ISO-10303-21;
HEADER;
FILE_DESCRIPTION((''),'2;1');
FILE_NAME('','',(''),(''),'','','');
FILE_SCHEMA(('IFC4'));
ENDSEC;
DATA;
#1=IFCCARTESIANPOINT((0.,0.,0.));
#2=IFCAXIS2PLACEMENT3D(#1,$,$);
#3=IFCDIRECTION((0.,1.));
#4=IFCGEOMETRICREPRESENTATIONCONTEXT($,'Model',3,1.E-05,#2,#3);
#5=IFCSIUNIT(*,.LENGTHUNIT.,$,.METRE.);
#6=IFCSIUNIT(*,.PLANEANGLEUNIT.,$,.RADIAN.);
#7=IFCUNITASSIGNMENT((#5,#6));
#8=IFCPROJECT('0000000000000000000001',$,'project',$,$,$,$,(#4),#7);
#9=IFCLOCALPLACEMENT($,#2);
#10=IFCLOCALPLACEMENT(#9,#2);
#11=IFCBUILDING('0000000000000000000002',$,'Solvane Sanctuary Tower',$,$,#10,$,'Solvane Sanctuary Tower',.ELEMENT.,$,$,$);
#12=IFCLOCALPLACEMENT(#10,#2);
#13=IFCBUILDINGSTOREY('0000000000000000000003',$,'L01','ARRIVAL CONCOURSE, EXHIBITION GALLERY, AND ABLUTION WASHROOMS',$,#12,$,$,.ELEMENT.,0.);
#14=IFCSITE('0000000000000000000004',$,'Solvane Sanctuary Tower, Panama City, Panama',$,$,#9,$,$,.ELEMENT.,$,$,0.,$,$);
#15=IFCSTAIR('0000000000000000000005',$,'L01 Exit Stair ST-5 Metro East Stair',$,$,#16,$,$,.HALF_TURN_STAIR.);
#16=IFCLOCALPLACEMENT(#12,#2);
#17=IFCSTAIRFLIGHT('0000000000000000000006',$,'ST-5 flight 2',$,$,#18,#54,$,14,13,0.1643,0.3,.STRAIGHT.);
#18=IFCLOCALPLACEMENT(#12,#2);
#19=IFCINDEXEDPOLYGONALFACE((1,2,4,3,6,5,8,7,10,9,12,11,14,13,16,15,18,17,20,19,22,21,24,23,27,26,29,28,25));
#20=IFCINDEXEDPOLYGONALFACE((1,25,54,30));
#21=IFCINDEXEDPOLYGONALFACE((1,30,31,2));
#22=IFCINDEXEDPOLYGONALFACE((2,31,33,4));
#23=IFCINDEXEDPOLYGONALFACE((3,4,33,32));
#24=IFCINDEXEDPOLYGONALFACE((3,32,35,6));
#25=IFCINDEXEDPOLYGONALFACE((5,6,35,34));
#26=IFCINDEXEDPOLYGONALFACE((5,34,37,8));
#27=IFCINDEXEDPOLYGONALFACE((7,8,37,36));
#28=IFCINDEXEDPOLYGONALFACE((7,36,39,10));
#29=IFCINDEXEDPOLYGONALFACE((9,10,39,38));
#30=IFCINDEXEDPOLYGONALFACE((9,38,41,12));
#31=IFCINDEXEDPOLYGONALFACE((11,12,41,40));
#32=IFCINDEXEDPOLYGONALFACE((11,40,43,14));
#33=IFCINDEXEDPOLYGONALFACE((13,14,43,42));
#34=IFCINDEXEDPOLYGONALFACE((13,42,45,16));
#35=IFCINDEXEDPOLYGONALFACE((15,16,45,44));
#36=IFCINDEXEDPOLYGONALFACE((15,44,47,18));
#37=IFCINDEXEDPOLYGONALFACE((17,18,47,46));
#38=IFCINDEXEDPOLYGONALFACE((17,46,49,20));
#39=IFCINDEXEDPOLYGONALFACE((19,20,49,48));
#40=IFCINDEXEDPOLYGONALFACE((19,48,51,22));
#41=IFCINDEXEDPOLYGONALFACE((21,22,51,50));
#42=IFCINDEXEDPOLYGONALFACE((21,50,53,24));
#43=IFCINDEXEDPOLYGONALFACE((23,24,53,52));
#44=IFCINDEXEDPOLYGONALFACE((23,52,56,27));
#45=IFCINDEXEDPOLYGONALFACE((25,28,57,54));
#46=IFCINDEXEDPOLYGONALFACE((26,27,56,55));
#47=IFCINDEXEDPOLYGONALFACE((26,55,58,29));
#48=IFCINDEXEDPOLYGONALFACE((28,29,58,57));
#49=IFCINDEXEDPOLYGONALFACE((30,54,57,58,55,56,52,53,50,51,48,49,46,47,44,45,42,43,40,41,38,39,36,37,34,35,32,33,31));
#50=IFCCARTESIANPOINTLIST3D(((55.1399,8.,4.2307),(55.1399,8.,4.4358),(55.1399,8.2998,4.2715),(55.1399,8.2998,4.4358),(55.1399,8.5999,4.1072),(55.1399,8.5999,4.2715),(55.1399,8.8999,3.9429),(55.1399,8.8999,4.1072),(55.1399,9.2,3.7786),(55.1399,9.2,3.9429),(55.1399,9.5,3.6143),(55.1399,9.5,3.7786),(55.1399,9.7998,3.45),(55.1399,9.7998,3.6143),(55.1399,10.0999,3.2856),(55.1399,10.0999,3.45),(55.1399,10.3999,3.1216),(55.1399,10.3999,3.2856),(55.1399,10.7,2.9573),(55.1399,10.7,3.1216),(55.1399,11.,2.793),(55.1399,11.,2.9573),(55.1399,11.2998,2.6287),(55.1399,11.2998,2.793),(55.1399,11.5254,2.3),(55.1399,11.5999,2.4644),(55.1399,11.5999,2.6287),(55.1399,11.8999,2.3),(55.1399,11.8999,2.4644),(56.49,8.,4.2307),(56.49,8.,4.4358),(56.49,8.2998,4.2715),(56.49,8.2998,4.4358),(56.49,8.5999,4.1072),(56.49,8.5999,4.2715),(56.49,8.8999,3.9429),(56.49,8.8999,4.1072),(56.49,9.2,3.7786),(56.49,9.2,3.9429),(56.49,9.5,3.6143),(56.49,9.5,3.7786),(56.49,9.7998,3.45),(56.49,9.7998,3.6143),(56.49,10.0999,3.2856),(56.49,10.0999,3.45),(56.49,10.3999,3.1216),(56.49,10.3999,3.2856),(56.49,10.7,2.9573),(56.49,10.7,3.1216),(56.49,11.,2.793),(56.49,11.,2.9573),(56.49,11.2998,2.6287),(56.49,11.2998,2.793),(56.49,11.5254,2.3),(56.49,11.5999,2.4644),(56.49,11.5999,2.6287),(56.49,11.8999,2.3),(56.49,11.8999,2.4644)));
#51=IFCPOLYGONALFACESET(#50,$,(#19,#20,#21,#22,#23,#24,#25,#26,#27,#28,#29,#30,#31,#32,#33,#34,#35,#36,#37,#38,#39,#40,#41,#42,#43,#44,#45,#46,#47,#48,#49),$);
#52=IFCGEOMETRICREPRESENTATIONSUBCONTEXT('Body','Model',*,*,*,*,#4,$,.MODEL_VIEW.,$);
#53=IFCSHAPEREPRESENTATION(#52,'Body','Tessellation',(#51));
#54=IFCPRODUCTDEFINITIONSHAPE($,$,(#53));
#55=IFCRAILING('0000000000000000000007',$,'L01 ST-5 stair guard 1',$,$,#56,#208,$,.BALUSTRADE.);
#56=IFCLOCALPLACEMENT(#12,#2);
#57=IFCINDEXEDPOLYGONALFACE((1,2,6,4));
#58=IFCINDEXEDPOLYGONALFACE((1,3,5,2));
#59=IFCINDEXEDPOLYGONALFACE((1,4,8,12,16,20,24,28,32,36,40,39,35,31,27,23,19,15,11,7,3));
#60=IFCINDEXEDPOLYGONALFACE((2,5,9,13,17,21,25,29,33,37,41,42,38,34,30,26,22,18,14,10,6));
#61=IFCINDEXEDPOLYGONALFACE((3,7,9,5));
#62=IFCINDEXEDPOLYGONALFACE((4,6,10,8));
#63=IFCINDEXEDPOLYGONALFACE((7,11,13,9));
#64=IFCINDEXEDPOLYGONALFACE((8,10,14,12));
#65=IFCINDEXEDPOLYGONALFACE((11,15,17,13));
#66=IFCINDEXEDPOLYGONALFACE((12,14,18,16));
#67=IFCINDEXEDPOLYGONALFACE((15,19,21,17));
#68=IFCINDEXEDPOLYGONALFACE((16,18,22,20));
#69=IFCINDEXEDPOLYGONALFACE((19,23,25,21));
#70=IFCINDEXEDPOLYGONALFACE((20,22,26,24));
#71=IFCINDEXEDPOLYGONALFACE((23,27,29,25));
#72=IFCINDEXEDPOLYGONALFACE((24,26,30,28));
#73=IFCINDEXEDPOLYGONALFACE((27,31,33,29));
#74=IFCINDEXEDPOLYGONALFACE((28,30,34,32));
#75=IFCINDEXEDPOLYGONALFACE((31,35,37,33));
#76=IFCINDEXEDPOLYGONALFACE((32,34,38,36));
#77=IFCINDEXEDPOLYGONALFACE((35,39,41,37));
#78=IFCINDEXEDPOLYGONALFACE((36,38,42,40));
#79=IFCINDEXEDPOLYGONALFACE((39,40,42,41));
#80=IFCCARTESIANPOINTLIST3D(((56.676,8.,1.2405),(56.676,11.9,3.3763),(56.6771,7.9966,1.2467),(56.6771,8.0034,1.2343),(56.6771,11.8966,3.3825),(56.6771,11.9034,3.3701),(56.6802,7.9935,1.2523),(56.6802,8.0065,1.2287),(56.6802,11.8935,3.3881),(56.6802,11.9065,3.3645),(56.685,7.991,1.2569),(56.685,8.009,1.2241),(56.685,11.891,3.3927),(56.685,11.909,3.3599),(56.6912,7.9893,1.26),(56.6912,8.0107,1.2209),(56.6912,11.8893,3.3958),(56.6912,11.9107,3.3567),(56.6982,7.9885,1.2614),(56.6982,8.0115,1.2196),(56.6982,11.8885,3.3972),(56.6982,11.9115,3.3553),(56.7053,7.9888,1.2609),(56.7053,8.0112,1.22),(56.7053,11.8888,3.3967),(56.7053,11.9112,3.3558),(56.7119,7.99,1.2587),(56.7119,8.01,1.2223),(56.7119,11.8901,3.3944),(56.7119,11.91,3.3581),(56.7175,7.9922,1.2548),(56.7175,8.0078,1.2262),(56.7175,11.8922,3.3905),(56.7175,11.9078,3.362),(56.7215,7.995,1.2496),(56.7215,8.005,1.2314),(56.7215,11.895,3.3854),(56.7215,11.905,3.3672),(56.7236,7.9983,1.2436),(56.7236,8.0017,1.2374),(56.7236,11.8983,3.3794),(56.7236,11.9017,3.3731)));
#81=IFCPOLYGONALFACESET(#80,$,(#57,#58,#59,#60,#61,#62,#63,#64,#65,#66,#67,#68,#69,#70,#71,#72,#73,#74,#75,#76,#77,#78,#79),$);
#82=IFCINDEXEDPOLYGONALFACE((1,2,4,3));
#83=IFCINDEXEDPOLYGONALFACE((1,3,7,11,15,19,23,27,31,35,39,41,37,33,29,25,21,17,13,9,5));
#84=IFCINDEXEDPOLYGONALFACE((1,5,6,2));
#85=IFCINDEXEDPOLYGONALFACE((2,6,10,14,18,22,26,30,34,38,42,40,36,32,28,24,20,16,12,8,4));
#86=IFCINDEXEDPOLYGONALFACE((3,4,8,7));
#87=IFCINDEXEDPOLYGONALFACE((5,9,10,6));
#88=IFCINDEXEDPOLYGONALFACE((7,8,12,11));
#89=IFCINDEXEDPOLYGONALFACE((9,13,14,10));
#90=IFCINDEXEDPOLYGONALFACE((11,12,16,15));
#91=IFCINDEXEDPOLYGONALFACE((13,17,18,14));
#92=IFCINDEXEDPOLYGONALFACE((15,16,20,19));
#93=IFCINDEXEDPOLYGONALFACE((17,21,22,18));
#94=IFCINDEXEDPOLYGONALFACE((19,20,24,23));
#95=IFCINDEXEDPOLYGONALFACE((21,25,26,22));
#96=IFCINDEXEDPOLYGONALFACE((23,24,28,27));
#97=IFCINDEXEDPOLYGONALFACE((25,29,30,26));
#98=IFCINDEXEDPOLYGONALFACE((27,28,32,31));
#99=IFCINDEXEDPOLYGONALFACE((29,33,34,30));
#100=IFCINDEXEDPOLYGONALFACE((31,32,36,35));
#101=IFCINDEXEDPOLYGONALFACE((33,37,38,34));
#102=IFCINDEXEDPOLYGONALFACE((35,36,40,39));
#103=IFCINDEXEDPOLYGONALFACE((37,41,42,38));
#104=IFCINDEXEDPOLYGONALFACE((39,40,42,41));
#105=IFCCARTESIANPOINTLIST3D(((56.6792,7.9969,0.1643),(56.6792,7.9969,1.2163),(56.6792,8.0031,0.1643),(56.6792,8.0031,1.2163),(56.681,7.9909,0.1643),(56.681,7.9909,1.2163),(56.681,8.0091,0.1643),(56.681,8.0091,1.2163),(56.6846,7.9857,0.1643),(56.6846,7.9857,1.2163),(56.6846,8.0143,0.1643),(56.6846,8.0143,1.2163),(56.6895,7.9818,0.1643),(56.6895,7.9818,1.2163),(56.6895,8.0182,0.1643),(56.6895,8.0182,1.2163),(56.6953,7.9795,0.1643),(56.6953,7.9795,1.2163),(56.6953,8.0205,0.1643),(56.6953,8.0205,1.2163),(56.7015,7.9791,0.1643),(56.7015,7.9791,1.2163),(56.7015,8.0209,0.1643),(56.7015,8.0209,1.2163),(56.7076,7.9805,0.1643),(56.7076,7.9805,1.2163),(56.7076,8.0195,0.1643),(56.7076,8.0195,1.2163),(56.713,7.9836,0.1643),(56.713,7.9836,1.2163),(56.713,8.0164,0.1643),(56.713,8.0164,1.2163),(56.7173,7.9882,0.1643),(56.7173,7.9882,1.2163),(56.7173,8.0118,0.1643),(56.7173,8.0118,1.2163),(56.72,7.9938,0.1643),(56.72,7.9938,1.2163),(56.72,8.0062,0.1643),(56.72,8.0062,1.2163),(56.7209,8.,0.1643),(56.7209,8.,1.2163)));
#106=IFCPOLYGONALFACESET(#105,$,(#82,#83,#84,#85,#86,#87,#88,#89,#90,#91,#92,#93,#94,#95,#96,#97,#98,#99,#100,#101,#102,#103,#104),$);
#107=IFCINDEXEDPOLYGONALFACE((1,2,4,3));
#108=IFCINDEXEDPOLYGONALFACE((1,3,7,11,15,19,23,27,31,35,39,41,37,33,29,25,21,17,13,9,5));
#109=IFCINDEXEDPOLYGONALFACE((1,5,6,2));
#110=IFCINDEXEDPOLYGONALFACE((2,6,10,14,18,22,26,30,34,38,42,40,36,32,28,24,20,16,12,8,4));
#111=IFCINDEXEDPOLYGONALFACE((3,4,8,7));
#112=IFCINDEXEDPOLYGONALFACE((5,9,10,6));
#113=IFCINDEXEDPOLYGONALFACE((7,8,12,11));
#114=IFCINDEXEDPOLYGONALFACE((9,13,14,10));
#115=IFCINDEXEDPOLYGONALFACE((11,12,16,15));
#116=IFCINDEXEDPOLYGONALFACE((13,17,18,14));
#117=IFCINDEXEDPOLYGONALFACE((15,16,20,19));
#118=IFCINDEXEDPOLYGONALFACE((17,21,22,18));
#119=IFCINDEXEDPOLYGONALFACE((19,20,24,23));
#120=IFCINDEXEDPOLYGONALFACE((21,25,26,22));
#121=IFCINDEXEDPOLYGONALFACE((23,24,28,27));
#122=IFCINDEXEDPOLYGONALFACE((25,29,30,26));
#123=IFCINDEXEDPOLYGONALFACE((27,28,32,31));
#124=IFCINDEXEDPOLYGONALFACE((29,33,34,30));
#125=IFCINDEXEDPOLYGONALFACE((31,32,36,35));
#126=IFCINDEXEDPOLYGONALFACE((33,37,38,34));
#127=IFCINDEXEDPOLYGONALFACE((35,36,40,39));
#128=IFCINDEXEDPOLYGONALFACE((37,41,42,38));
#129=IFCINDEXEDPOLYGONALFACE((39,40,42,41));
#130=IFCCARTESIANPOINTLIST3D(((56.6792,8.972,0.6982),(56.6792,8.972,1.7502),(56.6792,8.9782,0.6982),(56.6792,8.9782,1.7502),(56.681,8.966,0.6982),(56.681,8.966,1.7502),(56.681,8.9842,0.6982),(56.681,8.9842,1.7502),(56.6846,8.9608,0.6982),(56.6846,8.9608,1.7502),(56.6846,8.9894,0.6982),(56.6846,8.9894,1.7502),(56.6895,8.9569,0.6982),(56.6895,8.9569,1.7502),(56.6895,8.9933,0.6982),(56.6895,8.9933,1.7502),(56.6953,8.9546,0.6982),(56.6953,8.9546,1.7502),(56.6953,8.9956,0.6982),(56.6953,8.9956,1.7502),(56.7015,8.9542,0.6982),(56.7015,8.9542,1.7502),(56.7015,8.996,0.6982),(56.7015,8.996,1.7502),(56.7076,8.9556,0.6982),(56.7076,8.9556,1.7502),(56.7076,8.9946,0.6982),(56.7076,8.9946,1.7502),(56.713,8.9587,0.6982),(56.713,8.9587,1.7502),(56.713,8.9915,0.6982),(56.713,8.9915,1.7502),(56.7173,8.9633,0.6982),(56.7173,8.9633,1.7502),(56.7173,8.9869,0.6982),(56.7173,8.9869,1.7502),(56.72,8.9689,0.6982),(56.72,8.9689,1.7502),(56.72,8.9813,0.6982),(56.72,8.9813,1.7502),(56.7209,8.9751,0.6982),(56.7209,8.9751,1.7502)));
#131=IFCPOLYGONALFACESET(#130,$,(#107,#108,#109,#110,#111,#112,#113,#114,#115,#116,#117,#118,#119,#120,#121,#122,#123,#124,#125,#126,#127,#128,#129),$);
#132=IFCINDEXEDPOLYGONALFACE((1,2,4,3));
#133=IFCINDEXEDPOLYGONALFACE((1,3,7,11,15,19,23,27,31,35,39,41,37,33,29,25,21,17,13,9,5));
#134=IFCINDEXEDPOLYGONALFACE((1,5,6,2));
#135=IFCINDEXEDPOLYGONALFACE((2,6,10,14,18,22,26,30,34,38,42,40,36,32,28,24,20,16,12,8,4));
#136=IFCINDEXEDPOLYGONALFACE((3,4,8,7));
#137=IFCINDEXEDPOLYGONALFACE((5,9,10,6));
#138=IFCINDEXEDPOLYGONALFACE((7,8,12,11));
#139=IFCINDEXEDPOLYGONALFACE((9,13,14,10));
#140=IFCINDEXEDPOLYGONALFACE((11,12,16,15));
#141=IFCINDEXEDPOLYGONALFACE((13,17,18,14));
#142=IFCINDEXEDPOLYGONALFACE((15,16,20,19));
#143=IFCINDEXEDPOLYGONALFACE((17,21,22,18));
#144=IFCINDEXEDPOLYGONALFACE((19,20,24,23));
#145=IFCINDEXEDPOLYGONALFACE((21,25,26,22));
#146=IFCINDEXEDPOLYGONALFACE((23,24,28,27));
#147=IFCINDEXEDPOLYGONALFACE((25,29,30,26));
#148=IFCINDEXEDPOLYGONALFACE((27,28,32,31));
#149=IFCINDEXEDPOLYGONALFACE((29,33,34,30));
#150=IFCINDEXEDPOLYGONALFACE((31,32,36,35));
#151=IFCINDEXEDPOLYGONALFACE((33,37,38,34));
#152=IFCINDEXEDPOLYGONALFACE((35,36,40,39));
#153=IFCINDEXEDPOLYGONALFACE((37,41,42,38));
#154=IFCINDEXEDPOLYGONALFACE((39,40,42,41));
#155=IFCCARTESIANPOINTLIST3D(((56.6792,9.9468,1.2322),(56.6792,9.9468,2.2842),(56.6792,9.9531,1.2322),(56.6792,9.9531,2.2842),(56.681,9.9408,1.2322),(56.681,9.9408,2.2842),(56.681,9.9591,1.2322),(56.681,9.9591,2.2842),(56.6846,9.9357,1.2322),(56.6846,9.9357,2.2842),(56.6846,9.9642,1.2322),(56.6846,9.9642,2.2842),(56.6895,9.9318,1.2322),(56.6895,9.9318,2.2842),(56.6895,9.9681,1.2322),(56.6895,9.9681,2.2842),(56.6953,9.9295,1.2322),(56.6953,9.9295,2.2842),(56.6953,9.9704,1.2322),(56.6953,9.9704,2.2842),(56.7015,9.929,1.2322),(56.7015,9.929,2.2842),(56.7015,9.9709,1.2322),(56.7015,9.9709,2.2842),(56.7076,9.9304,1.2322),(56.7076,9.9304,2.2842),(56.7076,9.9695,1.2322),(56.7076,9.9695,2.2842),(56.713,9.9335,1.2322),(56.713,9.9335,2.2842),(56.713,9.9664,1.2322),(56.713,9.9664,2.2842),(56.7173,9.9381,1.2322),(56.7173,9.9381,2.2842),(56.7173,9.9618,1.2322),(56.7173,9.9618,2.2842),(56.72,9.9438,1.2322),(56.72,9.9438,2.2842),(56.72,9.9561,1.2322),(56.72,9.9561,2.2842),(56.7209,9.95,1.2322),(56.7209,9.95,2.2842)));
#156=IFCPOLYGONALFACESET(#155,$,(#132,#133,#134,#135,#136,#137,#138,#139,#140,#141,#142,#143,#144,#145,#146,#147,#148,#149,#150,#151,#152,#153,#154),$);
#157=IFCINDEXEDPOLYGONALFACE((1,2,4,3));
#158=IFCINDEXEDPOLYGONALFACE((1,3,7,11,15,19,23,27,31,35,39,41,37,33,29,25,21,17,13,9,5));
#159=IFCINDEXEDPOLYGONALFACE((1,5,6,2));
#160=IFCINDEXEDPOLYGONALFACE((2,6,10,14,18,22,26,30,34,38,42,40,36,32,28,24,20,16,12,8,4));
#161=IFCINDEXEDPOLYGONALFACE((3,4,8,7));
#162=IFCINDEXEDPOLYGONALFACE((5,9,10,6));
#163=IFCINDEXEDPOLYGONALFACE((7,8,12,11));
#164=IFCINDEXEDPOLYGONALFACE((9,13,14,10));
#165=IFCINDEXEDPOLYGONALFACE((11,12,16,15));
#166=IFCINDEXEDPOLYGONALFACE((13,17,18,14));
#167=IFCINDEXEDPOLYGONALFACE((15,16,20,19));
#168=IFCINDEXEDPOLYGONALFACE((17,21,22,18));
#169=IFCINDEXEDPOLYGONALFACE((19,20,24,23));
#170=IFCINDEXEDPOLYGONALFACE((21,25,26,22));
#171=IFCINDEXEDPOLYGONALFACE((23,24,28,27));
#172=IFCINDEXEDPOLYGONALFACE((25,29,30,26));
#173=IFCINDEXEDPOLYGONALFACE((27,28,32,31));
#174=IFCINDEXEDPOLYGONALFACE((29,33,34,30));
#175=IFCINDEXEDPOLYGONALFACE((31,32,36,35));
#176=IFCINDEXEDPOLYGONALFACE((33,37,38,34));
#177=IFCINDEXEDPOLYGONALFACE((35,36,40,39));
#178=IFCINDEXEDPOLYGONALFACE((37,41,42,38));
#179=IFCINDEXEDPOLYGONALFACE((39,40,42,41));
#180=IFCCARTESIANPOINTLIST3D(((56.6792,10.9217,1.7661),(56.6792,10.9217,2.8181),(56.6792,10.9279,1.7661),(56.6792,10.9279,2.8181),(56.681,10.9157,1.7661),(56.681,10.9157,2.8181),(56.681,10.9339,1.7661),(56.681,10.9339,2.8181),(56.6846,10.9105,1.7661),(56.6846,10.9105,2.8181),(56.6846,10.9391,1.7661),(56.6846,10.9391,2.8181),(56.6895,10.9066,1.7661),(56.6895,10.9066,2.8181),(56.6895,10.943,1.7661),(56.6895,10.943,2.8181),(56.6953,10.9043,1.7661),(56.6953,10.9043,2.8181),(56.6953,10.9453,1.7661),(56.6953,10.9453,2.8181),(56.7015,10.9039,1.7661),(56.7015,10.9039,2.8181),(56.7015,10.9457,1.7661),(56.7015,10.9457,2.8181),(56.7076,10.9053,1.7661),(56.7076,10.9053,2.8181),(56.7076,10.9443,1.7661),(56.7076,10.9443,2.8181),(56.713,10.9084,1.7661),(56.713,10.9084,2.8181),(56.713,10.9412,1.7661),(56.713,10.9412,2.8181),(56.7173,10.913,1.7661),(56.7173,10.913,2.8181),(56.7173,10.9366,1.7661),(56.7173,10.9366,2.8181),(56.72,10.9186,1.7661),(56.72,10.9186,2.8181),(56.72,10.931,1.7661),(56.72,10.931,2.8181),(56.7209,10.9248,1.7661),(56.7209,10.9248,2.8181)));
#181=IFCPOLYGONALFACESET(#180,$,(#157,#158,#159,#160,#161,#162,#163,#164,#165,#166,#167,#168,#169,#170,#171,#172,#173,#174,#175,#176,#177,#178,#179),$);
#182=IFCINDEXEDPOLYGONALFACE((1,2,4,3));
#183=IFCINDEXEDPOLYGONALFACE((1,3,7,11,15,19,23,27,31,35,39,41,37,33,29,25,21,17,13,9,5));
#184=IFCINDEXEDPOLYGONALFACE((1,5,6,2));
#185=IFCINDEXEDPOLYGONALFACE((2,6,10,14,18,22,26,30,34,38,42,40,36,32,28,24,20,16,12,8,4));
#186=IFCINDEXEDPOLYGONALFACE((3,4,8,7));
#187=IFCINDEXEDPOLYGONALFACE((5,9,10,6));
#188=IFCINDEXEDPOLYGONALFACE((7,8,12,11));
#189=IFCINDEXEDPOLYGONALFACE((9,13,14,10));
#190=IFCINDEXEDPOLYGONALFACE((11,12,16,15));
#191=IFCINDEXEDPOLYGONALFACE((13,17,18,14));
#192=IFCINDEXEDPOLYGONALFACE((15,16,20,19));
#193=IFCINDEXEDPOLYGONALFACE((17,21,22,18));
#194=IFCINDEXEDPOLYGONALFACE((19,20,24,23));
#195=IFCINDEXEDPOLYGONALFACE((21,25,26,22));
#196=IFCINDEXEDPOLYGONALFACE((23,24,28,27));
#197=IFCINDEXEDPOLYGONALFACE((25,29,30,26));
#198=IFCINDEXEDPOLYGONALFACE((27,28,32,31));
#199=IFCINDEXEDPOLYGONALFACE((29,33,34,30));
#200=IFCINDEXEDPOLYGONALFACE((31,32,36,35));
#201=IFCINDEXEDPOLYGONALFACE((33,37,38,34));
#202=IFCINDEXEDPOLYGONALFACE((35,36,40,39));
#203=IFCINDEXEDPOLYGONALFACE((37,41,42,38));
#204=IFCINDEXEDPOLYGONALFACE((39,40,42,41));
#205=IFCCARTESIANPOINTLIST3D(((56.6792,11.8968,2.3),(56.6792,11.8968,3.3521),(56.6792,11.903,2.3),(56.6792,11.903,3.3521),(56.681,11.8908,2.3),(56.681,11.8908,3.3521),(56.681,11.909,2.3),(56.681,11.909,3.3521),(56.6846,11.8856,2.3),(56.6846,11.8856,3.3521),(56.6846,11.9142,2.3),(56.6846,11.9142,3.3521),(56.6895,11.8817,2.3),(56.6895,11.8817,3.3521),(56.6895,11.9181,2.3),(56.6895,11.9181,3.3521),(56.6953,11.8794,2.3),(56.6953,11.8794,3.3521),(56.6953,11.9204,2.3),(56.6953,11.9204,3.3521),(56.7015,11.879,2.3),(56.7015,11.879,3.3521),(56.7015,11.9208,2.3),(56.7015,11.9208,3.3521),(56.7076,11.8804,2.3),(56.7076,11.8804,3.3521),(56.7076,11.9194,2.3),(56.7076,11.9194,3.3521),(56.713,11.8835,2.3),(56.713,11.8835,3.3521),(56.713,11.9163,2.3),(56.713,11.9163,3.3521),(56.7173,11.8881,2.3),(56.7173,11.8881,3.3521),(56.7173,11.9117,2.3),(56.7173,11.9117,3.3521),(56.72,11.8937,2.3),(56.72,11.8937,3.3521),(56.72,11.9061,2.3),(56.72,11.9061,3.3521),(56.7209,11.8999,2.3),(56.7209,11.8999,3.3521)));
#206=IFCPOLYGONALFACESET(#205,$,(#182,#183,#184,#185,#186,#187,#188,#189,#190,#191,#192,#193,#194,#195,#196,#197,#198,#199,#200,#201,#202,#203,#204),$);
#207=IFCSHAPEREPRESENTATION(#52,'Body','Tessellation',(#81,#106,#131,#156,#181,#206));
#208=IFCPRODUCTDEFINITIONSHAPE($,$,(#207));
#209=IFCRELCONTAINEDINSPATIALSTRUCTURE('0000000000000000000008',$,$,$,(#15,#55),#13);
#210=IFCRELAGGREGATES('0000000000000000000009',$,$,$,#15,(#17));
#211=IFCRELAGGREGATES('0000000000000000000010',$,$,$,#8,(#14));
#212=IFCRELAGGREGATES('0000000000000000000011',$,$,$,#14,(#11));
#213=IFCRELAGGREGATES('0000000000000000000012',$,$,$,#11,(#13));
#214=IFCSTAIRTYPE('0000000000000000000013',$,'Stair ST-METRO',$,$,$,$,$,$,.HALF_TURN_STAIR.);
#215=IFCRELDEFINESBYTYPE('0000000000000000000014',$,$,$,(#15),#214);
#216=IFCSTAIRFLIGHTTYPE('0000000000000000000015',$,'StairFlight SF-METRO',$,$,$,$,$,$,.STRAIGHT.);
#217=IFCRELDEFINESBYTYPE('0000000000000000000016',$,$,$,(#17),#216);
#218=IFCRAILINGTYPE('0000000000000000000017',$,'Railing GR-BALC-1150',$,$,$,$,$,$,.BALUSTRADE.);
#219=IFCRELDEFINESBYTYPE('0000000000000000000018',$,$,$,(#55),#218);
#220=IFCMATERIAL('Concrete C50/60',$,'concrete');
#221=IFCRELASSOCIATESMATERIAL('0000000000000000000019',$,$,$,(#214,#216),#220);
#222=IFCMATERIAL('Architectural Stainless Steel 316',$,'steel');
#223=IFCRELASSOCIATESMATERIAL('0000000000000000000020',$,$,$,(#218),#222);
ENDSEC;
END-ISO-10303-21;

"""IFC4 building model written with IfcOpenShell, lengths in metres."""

from ifc_helpers import new_model, si_unit, direction, frame, origin, origin_2d, place, context, subcontext, project, spatial, polyline, circle, outline, extrude, material, type_object, element, aggregate, save


model = new_model("IFC4")

# Units and contexts
model_context = context("Model", 3, precision=1e-05, world=origin(), true_north=direction((0.0, 1.0)))
body_context = subcontext(model_context, "Body", "Model", "MODEL_VIEW")
ifc_project = project(units=[si_unit("LENGTHUNIT", "METRE"), si_unit("PLANEANGLEUNIT", "RADIAN")], contexts=[model_context])

# Site, building, storey
site_placement = place(None, origin())
site = spatial("IfcSite", under=ifc_project, at=site_placement, Name="Solvane Sanctuary Tower, Panama City, Panama", CompositionType="ELEMENT", RefElevation=0.0)
building_placement = place(site_placement, origin())
building = spatial("IfcBuilding", under=site, at=building_placement, Name="Solvane Sanctuary Tower", LongName="Solvane Sanctuary Tower", CompositionType="ELEMENT")
storey_placement = place(building_placement, origin())
storey = spatial("IfcBuildingStorey", under=building, at=storey_placement, Name="L01", Description="ARRIVAL CONCOURSE, EXHIBITION GALLERY, AND ABLUTION WASHROOMS", CompositionType="ELEMENT", Elevation=0.0)

# Shared definitions
ifc_material_1 = material(Name="Architectural Stainless Steel 316", Category="steel")

# Shared definitions
ifc_material_2 = material(Name="Concrete C50/60", Category="concrete")

# Stair, stair flight
stair_type = type_object("IfcStairType", Name="Stair ST-METRO", PredefinedType="HALF_TURN_STAIR", material=ifc_material_2)
stair_placement = place(storey_placement, origin())
stair = element("IfcStair", 1, at=stair_placement, inside=storey, type_object=stair_type, Name="L01 Exit Stair ST-5 Metro East Stair", PredefinedType="HALF_TURN_STAIR")
stair_flight_type = type_object("IfcStairFlightType", Name="StairFlight SF-METRO", PredefinedType="STRAIGHT", material=ifc_material_2)
stair_flight_1_placement = place(storey_placement, frame((55.8149, 11.8999, 2.3), z_axis=(0.0, 0.0, 1.0), x_axis=(0.0, -1.0, 0.0)))
stair_flight_1 = element("IfcStairFlight", 2, at=stair_flight_1_placement, type_object=stair_flight_type, Name="ST-5 flight 2", NumberOfRisers=14, NumberOfTreads=13, PredefinedType="STRAIGHT", RiserHeight=0.1643, TreadLength=0.3, context=body_context, shape_type="SweptSolid", body=[
    extrude(outline(polyline([(0.0, 0.0), (0.0, 0.1643), (0.3, 0.1643), (0.3, 0.3286), (0.6001, 0.3286), (0.6001, 0.4929), (0.8999, 0.4929), (0.8999, 0.6572), (1.2, 0.6572), (1.2, 0.8215), (1.5, 0.8215), (1.5, 0.9856), (1.8, 0.9856), (1.8, 1.1499), (2.1001, 1.1499), (2.1001, 1.3142), (2.3999, 1.3142), (2.3999, 1.4785), (2.7, 1.4785), (2.7, 1.6428), (3.0, 1.6428), (3.0, 1.8071), (3.3, 1.8071), (3.3, 1.9714), (3.6001, 1.9714), (3.6001, 2.1357), (3.8999, 2.1357), (3.8999, 2.3), (3.8999, 1.9307), (0.3745, 0.0), (0.0, 0.0)])), frame((0.0, 0.675, 0.0), z_axis=(0.0, -1.0, 0.0), x_axis=(1.0, 0.0, 0.0)), (0.0, 0.0, 1.0), 1.3501),
])
aggregate(stair, [stair_flight_1])

# Railing
railing_type_1 = type_object("IfcRailingType", Name="Railing GR-BALC-1150", PredefinedType="BALUSTRADE", material=ifc_material_1)
railing_1_placement = place(storey_placement, frame((56.7, 8.0, 0.1643)))
element("IfcRailing", 3, at=railing_1_placement, inside=storey, type_object=railing_type_1, Name="L01 ST-5 stair guard 1", PredefinedType="BALUSTRADE", context=body_context, shape_type="SweptSolid", body=[
    extrude(circle(Radius=0.0239, at=origin_2d()), frame((0.0, 0.0, 1.0762), z_axis=(0.0, 0.877089, 0.480329), x_axis=(-1.0, 0.0, 0.0)), (0.0, 0.0, 1.0), 4.4465),
    extrude(circle(Radius=0.021, at=origin_2d()), origin(), (0.0, 0.0, 1.0), 1.052),
    extrude(circle(Radius=0.021, at=origin_2d()), frame((0.0, 0.9751, 0.5339)), (0.0, 0.0, 1.0), 1.052),
    extrude(circle(Radius=0.021, at=origin_2d()), frame((0.0, 1.95, 1.0679)), (0.0, 0.0, 1.0), 1.052),
    extrude(circle(Radius=0.021, at=origin_2d()), frame((0.0, 2.9248, 1.6018)), (0.0, 0.0, 1.0), 1.052),
    extrude(circle(Radius=0.021, at=origin_2d()), frame((0.0, 3.8999, 2.1357)), (0.0, 0.0, 1.0), 1.052),
])

save(model, "model.ifc")
